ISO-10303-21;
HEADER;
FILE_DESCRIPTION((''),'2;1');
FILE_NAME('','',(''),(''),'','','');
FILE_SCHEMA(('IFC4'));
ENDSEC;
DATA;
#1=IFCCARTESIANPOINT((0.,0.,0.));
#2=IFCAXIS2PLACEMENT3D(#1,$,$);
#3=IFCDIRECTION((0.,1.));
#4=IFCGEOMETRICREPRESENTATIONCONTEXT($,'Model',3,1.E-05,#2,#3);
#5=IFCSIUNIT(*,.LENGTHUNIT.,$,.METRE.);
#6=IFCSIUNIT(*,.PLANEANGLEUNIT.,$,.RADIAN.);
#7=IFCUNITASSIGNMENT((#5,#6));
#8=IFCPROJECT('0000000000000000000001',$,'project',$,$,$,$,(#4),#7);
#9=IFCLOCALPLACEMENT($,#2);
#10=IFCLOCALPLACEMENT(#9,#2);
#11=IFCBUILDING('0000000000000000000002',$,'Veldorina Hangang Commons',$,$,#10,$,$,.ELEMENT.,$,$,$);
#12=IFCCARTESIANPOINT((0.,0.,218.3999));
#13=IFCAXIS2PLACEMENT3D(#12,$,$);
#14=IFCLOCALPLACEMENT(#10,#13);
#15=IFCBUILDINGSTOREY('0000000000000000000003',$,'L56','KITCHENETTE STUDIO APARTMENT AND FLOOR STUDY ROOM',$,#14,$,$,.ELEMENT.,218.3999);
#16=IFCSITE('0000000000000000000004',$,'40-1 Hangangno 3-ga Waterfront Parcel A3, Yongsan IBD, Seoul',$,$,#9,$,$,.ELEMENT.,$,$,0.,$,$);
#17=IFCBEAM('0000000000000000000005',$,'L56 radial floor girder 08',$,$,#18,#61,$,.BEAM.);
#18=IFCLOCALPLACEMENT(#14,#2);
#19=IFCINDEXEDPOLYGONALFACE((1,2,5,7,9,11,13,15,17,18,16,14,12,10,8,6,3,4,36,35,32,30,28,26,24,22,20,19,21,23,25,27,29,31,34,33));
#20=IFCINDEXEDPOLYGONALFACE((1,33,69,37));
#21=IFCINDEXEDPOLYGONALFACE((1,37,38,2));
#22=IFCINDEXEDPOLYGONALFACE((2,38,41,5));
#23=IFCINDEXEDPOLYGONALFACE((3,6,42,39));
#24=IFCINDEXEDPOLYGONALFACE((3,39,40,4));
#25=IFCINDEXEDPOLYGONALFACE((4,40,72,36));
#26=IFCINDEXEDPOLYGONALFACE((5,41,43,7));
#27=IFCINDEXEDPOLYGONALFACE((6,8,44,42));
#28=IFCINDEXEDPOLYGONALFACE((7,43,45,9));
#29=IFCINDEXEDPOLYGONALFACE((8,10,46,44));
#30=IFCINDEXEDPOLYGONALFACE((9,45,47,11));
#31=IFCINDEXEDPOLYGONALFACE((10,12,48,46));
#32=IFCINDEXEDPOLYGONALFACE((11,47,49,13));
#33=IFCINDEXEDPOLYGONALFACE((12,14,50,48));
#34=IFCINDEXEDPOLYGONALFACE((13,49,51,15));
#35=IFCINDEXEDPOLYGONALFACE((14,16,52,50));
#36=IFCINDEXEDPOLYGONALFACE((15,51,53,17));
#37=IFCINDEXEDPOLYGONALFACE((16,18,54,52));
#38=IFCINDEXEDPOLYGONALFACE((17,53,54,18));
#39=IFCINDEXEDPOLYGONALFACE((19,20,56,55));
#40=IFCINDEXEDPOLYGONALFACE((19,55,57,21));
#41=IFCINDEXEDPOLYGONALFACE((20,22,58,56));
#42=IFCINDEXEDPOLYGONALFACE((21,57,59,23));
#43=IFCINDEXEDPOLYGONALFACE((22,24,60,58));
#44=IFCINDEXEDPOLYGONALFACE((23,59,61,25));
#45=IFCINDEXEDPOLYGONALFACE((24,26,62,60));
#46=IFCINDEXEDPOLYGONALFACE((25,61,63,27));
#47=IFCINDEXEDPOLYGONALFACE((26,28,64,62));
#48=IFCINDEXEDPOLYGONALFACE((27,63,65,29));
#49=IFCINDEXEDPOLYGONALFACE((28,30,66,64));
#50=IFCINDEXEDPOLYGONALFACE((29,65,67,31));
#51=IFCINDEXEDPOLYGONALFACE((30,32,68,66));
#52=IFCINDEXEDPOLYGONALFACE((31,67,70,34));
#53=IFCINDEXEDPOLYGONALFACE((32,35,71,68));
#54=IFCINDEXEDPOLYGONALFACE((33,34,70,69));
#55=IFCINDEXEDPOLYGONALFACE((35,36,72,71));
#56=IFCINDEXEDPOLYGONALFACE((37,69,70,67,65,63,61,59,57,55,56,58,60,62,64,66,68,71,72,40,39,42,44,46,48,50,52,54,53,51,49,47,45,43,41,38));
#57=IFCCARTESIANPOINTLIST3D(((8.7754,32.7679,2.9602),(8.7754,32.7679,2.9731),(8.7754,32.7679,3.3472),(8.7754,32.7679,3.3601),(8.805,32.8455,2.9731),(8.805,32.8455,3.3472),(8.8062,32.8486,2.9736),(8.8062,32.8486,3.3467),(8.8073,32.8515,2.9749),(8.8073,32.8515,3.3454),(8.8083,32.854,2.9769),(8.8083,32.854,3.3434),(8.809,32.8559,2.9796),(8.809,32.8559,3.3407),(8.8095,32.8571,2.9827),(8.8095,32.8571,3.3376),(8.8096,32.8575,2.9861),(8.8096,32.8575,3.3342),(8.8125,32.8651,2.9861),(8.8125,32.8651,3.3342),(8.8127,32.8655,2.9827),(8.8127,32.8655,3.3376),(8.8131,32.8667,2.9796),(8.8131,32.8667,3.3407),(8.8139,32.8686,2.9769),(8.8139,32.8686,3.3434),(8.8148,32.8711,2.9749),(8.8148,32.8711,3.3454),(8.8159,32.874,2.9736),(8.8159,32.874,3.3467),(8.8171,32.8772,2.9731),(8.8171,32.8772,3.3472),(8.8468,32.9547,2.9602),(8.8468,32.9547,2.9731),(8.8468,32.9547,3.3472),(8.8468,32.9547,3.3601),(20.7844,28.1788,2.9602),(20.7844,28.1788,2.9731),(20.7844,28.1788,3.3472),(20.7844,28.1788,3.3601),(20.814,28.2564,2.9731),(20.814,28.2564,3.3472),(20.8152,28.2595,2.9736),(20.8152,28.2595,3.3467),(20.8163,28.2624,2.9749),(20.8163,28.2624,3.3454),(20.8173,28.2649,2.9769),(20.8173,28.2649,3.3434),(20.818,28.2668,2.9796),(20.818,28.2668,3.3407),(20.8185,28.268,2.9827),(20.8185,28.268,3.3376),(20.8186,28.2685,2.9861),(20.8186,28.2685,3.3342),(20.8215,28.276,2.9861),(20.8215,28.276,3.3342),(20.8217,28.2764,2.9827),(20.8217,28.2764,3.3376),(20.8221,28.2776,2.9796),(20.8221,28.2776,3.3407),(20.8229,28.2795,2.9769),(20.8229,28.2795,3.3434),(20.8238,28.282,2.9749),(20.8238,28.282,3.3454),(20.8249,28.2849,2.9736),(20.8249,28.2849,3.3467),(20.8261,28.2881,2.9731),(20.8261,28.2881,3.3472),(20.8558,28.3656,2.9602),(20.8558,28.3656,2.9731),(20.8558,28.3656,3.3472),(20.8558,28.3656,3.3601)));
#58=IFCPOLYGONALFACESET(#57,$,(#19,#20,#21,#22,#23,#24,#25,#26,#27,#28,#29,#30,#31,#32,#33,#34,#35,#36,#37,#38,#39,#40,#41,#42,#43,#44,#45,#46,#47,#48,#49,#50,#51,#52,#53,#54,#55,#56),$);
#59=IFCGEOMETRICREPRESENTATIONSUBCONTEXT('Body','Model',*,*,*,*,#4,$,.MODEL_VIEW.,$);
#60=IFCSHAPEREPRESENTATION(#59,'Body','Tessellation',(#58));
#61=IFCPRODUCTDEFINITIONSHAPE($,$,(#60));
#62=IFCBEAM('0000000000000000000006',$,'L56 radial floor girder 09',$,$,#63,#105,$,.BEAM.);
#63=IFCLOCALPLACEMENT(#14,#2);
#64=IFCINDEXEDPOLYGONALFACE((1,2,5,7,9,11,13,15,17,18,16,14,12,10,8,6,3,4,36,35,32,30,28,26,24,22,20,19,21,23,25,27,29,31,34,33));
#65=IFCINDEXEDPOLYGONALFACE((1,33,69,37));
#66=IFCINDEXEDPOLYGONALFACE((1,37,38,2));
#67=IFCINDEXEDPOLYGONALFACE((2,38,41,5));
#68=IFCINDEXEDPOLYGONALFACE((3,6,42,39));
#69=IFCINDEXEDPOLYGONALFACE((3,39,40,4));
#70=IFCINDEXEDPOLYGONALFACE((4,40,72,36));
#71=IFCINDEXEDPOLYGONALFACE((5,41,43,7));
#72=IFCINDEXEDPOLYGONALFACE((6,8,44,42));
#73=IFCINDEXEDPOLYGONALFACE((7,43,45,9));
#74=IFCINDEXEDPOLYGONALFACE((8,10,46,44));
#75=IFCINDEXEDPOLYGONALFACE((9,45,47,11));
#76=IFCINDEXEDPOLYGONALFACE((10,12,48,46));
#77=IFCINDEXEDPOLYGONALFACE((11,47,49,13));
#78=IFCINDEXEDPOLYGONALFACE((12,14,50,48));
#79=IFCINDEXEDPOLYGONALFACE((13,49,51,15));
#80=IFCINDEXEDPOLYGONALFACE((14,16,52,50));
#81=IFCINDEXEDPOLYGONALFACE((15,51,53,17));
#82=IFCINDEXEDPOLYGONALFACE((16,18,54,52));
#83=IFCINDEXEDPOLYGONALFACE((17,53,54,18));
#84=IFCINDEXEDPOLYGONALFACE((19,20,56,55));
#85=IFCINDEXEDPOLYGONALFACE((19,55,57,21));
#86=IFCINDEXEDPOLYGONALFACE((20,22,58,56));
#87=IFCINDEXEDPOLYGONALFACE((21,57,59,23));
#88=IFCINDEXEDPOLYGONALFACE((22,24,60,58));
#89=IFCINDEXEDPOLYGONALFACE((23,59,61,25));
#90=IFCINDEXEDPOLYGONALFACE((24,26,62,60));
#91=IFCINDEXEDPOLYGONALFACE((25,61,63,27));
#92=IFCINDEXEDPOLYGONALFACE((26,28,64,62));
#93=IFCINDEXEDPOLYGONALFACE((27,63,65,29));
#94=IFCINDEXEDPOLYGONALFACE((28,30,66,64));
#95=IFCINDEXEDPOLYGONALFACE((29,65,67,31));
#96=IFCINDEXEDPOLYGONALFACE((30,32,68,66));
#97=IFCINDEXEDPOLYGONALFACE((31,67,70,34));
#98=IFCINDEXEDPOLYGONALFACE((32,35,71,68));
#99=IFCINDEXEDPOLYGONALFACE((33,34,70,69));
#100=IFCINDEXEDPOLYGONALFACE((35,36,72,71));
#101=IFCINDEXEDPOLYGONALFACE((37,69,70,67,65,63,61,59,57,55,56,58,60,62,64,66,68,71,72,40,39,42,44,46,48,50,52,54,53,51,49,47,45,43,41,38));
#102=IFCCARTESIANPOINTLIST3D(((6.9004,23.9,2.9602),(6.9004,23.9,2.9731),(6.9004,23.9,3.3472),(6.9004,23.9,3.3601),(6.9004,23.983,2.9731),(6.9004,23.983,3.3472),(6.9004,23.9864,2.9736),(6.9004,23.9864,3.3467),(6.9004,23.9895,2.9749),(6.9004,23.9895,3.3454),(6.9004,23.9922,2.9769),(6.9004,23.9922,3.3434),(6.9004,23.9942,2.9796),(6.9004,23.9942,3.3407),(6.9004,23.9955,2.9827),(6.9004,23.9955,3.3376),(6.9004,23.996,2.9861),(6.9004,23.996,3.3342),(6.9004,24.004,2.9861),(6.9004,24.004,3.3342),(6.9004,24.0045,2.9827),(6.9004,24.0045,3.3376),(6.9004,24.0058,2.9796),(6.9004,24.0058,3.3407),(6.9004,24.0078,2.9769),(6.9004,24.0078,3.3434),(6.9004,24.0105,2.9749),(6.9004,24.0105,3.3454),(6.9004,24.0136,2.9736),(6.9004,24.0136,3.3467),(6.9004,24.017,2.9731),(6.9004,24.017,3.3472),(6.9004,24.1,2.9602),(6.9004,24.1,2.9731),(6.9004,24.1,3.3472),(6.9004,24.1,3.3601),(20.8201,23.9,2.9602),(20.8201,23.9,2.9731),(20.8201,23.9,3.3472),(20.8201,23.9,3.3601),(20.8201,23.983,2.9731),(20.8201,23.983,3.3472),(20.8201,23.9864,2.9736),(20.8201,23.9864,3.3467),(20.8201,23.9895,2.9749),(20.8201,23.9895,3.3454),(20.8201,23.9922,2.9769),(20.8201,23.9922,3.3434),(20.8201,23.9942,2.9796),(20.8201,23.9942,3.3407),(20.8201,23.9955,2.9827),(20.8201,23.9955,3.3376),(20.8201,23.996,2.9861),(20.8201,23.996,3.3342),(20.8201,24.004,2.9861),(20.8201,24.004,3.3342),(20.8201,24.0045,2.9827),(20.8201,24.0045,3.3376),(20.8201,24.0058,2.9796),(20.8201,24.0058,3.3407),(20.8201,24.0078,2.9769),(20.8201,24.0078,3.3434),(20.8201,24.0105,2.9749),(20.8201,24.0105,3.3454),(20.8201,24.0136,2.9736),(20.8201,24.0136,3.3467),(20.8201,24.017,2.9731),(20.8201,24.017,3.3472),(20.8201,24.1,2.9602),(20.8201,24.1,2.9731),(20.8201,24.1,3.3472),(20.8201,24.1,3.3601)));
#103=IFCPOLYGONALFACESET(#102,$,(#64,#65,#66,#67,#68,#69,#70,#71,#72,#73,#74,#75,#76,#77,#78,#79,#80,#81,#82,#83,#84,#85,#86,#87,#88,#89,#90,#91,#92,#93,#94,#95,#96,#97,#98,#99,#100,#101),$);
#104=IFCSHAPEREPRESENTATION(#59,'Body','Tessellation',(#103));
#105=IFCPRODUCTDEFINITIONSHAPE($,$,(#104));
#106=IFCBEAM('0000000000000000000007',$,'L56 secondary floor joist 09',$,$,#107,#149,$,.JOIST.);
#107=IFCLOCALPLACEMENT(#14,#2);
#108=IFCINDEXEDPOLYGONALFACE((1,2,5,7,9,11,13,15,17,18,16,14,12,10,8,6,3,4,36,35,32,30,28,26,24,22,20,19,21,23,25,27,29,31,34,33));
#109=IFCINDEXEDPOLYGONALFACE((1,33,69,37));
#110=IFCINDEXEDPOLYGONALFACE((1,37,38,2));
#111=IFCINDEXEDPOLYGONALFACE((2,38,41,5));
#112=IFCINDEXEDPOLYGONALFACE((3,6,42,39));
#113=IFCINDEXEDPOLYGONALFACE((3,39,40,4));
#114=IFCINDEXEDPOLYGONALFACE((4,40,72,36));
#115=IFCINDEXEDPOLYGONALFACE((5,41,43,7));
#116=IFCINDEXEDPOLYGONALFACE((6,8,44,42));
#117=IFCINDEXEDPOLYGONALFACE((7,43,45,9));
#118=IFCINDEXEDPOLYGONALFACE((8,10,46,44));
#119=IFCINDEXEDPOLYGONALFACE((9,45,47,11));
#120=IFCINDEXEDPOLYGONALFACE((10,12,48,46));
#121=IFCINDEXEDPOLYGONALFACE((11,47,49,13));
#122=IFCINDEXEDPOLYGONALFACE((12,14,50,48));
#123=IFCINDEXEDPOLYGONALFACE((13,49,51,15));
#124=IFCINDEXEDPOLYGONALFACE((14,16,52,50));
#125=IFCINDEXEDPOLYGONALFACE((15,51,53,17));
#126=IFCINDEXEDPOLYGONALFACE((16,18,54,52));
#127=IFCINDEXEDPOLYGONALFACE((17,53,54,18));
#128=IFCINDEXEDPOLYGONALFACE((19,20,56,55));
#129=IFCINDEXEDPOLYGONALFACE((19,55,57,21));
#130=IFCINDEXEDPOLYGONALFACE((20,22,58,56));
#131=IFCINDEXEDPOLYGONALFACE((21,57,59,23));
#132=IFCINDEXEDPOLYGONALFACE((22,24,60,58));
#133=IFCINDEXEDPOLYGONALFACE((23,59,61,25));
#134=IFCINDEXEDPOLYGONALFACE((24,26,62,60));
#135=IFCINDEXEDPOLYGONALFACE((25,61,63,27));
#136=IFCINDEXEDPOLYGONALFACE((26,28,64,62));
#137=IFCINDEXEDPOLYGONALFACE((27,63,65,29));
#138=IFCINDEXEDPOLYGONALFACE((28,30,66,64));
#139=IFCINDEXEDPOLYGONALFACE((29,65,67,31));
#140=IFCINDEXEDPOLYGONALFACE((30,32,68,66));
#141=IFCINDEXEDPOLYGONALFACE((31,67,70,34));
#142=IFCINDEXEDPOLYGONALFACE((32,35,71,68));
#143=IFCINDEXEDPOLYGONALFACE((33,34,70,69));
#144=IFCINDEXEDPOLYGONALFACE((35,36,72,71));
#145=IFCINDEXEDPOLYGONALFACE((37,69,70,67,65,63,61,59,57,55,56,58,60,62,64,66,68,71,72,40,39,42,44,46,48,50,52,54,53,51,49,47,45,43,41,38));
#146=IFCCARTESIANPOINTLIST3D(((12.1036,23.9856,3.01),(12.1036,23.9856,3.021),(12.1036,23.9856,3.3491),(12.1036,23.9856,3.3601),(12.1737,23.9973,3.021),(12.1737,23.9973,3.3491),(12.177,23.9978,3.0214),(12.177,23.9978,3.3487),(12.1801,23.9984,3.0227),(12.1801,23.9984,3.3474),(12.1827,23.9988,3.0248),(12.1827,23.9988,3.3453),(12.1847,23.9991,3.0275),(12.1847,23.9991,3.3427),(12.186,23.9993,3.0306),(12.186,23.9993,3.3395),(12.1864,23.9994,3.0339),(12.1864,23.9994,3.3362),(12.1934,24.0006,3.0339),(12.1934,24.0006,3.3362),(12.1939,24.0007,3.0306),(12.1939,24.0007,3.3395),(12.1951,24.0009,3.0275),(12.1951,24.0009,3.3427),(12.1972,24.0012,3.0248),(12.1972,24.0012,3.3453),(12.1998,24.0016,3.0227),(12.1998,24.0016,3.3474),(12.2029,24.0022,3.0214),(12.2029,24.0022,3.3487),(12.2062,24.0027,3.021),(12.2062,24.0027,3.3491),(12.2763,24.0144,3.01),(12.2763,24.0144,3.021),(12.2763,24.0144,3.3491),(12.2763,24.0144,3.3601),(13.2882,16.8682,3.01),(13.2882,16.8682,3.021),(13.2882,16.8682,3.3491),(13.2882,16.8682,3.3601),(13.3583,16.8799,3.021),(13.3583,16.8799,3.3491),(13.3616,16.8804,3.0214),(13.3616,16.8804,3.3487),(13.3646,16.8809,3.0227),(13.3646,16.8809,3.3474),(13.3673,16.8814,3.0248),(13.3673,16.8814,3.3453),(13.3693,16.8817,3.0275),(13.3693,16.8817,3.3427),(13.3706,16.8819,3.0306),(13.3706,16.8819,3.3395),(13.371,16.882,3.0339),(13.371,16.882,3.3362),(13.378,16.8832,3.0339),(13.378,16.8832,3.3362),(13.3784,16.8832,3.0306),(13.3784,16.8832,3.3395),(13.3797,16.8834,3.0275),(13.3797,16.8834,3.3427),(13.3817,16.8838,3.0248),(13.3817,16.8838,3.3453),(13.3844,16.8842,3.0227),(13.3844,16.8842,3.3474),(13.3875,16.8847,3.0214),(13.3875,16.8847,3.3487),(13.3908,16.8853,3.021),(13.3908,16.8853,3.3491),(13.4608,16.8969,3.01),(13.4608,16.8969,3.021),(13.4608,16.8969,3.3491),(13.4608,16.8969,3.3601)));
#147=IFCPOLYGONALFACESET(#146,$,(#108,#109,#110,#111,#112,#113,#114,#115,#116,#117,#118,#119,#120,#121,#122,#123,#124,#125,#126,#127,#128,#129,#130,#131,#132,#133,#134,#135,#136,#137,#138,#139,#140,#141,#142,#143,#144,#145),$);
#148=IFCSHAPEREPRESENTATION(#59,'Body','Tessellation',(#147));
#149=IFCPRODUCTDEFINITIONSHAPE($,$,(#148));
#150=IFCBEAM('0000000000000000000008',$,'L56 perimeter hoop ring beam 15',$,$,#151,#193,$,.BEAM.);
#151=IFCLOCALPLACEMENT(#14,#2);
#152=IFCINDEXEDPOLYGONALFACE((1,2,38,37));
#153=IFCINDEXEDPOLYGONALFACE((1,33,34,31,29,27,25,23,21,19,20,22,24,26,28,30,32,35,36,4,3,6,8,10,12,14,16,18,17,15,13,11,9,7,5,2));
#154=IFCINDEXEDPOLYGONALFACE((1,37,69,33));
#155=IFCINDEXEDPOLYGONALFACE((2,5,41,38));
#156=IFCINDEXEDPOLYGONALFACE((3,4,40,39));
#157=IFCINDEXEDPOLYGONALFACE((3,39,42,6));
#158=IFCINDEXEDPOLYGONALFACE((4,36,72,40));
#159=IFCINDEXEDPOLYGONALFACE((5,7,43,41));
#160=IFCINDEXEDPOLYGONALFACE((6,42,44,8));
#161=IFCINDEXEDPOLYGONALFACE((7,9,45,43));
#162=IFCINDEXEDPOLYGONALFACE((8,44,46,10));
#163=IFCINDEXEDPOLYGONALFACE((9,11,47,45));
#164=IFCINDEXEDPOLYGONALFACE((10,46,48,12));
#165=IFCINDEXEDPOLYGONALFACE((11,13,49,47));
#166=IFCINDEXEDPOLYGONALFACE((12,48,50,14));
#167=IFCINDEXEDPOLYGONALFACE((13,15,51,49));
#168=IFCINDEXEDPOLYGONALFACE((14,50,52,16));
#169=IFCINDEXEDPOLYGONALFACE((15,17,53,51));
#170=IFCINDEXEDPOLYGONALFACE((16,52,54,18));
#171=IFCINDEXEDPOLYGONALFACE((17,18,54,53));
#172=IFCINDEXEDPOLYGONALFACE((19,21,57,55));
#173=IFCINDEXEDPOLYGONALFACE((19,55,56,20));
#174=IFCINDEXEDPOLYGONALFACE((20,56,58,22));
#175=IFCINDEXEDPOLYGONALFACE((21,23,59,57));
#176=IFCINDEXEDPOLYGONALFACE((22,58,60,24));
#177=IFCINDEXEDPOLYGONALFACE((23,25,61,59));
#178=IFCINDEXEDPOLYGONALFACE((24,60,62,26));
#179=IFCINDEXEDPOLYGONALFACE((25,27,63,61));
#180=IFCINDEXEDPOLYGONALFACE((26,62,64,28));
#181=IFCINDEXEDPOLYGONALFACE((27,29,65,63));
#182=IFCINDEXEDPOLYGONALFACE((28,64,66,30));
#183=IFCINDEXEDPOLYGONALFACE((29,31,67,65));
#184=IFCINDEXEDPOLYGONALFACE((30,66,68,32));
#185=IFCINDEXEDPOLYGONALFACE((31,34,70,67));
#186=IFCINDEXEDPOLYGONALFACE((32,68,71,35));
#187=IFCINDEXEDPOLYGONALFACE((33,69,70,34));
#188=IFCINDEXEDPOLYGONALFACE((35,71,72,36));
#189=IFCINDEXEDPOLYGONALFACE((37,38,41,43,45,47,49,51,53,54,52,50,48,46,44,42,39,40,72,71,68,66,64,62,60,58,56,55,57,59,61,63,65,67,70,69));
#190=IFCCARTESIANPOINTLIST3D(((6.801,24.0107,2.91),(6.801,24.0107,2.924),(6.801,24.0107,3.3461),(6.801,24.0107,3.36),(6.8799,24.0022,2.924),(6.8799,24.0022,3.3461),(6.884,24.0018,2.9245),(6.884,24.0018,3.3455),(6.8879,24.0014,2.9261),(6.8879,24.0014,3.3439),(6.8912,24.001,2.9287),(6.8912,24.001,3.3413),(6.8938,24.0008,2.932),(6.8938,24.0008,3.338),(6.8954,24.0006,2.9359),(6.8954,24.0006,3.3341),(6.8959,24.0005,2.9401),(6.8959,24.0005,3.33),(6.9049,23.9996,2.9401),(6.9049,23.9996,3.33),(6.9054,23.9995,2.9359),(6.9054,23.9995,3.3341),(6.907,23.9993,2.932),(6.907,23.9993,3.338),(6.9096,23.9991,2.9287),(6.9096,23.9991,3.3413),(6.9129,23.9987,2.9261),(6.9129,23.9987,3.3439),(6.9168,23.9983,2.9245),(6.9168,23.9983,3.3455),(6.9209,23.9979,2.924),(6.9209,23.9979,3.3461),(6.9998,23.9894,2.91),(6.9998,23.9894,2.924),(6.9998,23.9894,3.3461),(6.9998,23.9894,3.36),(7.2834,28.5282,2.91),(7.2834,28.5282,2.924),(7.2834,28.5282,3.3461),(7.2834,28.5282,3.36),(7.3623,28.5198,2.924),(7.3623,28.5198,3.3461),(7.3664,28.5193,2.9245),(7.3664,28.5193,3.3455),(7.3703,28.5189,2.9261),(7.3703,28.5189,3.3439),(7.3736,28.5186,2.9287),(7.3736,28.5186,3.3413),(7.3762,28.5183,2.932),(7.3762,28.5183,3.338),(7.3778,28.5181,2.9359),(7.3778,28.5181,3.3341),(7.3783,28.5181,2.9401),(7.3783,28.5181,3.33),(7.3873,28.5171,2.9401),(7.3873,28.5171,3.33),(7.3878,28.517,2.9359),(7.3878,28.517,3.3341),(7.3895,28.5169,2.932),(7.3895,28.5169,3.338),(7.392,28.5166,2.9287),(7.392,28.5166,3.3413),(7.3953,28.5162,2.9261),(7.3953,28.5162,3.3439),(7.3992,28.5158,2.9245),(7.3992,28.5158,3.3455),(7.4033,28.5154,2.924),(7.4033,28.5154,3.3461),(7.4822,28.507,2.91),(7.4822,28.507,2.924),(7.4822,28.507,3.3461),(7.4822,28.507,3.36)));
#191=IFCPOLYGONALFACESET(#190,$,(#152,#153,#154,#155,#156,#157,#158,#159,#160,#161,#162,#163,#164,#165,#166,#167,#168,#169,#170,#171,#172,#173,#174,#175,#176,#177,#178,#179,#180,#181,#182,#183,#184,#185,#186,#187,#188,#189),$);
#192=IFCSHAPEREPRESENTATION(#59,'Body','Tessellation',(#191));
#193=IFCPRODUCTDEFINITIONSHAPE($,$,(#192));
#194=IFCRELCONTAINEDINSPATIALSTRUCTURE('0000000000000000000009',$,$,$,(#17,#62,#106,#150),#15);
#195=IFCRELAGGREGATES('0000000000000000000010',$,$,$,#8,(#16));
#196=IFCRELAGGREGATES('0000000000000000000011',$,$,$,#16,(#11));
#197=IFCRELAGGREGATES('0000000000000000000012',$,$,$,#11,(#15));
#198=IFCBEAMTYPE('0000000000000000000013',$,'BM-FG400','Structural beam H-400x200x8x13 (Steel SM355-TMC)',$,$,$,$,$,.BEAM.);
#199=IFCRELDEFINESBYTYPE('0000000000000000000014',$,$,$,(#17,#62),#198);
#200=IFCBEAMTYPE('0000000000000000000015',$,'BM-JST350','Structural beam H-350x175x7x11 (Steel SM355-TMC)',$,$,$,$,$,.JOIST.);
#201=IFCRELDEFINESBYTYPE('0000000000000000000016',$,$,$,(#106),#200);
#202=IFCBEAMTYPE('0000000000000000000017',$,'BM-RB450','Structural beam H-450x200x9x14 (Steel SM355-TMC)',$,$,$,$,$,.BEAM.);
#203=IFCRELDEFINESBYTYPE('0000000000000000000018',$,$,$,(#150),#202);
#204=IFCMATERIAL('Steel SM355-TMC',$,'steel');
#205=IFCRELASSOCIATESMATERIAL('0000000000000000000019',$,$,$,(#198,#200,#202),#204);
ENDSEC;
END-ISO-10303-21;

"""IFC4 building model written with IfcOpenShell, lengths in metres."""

from ifc_helpers import new_model, si_unit, direction, frame, origin, origin_2d, place, context, subcontext, project, spatial, i_section, extrude, material, material_profile, profile_set, type_object, element, save


model = new_model("IFC4")

# Units and contexts
model_context = context("Model", 3, precision=1e-05, world=origin(), true_north=direction((0.0, 1.0)))
body_context = subcontext(model_context, "Body", "Model", "MODEL_VIEW")
ifc_project = project(units=[si_unit("LENGTHUNIT", "METRE"), si_unit("PLANEANGLEUNIT", "RADIAN")], contexts=[model_context])

# Site, building, storey
site_placement = place(None, origin())
site = spatial("IfcSite", under=ifc_project, at=site_placement, Name="40-1 Hangangno 3-ga Waterfront Parcel A3, Yongsan IBD, Seoul", CompositionType="ELEMENT", RefElevation=0.0)
building_placement = place(site_placement, origin())
building = spatial("IfcBuilding", under=site, at=building_placement, Name="Veldorina Hangang Commons", CompositionType="ELEMENT")
storey_placement = place(building_placement, frame((0.0, 0.0, 218.3999)))
storey = spatial("IfcBuildingStorey", under=building, at=storey_placement, Name="L56", Description="KITCHENETTE STUDIO APARTMENT AND FLOOR STUDY ROOM", CompositionType="ELEMENT", Elevation=218.3999)

# Beams
ifc_material_1 = material(Name="Steel SM355-TMC", Category="steel")
ifc_material_profile_1 = material_profile(ifc_material_1, i_section(OverallWidth=0.2, OverallDepth=0.3999, WebThickness=0.0081, FlangeThickness=0.0129, FilletRadius=0.0129, at=origin_2d()), Name="H-400x200x8x13")
ifc_profile_set_1 = profile_set([ifc_material_profile_1], Name="Steel SM355-TMC")
beam_type_1 = type_object("IfcBeamType", Name="BM-FG400", Description="Structural beam H-400x200x8x13 (Steel SM355-TMC)", PredefinedType="BEAM", material=ifc_profile_set_1)
beam_1_placement = place(storey_placement, frame((20.8201, 28.2722, 3.1602), z_axis=(-0.934119, 0.356963, 0.0), x_axis=(-0.356963, -0.934119, 0.0)))
element("IfcBeam", 1, at=beam_1_placement, inside=storey, type_object=beam_type_1, Name="L56 radial floor girder 08", PredefinedType="BEAM", context=body_context, shape_type="SweptSolid", body=[
    extrude(i_section(OverallWidth=0.2, OverallDepth=0.3999, WebThickness=0.0081, FlangeThickness=0.0129, FilletRadius=0.0129, at=origin_2d()), origin(), (0.0, 0.0, 1.0), 12.856),
])
beam_2_placement = place(storey_placement, frame((20.8201, 24.0, 3.1602), z_axis=(-1.0, 0.0, 0.0), x_axis=(0.0, -1.0, 0.0)))
element("IfcBeam", 2, at=beam_2_placement, inside=storey, type_object=beam_type_1, Name="L56 radial floor girder 09", PredefinedType="BEAM", context=body_context, shape_type="SweptSolid", body=[
    extrude(i_section(OverallWidth=0.2, OverallDepth=0.3999, WebThickness=0.0081, FlangeThickness=0.0129, FilletRadius=0.0129, at=origin_2d()), origin(), (0.0, 0.0, 1.0), 13.9197),
])
ifc_material_profile_2 = material_profile(ifc_material_1, i_section(OverallWidth=0.175, OverallDepth=0.3501, WebThickness=0.0071, FlangeThickness=0.011, FilletRadius=0.0129, at=origin_2d()), Name="H-350x175x7x11")
ifc_profile_set_2 = profile_set([ifc_material_profile_2], Name="Steel SM355-TMC")
beam_type_2 = type_object("IfcBeamType", Name="BM-JST350", Description="Structural beam H-350x175x7x11 (Steel SM355-TMC)", PredefinedType="JOIST", material=ifc_profile_set_2)
beam_3_placement = place(storey_placement, frame((12.1899, 24.0, 3.1851), z_axis=(0.164174, -0.986431, 0.0), x_axis=(0.986431, 0.164174, 0.0)))
element("IfcBeam", 3, at=beam_3_placement, inside=storey, type_object=beam_type_2, Name="L56 secondary floor joist 09", PredefinedType="JOIST", context=body_context, shape_type="SweptSolid", body=[
    extrude(i_section(OverallWidth=0.175, OverallDepth=0.3501, WebThickness=0.0071, FlangeThickness=0.011, FilletRadius=0.0129, at=origin_2d()), origin(), (0.0, 0.0, 1.0), 7.2153),
])
ifc_material_profile_3 = material_profile(ifc_material_1, i_section(OverallWidth=0.2, OverallDepth=0.45, WebThickness=0.009, FlangeThickness=0.0139, FilletRadius=0.0161, at=origin_2d()), Name="H-450x200x9x14")
ifc_profile_set_3 = profile_set([ifc_material_profile_3], Name="Steel SM355-TMC")
beam_type_3 = type_object("IfcBeamType", Name="BM-RB450", Description="Structural beam H-450x200x9x14 (Steel SM355-TMC)", PredefinedType="BEAM", material=ifc_profile_set_3)
for number, where, z_axis, x_axis, name in (
    (4, (7.3828, 28.5176, 3.135), (-0.106184, -0.994346, 0.0), (0.994346, -0.106184, 0.0), "L56 perimeter hoop ring beam 15"),
):
    element("IfcBeam", number, at=place(storey_placement, frame(where, z_axis=z_axis, x_axis=x_axis)), inside=storey, type_object=beam_type_3, Name=name, PredefinedType="BEAM", context=body_context, shape_type="SweptSolid", body=[
        extrude(i_section(OverallWidth=0.2, OverallDepth=0.45, WebThickness=0.009, FlangeThickness=0.0139, FilletRadius=0.0161, at=origin_2d()), origin(), (0.0, 0.0, 1.0), 4.5432),
    ])

save(model, "model.ifc")
